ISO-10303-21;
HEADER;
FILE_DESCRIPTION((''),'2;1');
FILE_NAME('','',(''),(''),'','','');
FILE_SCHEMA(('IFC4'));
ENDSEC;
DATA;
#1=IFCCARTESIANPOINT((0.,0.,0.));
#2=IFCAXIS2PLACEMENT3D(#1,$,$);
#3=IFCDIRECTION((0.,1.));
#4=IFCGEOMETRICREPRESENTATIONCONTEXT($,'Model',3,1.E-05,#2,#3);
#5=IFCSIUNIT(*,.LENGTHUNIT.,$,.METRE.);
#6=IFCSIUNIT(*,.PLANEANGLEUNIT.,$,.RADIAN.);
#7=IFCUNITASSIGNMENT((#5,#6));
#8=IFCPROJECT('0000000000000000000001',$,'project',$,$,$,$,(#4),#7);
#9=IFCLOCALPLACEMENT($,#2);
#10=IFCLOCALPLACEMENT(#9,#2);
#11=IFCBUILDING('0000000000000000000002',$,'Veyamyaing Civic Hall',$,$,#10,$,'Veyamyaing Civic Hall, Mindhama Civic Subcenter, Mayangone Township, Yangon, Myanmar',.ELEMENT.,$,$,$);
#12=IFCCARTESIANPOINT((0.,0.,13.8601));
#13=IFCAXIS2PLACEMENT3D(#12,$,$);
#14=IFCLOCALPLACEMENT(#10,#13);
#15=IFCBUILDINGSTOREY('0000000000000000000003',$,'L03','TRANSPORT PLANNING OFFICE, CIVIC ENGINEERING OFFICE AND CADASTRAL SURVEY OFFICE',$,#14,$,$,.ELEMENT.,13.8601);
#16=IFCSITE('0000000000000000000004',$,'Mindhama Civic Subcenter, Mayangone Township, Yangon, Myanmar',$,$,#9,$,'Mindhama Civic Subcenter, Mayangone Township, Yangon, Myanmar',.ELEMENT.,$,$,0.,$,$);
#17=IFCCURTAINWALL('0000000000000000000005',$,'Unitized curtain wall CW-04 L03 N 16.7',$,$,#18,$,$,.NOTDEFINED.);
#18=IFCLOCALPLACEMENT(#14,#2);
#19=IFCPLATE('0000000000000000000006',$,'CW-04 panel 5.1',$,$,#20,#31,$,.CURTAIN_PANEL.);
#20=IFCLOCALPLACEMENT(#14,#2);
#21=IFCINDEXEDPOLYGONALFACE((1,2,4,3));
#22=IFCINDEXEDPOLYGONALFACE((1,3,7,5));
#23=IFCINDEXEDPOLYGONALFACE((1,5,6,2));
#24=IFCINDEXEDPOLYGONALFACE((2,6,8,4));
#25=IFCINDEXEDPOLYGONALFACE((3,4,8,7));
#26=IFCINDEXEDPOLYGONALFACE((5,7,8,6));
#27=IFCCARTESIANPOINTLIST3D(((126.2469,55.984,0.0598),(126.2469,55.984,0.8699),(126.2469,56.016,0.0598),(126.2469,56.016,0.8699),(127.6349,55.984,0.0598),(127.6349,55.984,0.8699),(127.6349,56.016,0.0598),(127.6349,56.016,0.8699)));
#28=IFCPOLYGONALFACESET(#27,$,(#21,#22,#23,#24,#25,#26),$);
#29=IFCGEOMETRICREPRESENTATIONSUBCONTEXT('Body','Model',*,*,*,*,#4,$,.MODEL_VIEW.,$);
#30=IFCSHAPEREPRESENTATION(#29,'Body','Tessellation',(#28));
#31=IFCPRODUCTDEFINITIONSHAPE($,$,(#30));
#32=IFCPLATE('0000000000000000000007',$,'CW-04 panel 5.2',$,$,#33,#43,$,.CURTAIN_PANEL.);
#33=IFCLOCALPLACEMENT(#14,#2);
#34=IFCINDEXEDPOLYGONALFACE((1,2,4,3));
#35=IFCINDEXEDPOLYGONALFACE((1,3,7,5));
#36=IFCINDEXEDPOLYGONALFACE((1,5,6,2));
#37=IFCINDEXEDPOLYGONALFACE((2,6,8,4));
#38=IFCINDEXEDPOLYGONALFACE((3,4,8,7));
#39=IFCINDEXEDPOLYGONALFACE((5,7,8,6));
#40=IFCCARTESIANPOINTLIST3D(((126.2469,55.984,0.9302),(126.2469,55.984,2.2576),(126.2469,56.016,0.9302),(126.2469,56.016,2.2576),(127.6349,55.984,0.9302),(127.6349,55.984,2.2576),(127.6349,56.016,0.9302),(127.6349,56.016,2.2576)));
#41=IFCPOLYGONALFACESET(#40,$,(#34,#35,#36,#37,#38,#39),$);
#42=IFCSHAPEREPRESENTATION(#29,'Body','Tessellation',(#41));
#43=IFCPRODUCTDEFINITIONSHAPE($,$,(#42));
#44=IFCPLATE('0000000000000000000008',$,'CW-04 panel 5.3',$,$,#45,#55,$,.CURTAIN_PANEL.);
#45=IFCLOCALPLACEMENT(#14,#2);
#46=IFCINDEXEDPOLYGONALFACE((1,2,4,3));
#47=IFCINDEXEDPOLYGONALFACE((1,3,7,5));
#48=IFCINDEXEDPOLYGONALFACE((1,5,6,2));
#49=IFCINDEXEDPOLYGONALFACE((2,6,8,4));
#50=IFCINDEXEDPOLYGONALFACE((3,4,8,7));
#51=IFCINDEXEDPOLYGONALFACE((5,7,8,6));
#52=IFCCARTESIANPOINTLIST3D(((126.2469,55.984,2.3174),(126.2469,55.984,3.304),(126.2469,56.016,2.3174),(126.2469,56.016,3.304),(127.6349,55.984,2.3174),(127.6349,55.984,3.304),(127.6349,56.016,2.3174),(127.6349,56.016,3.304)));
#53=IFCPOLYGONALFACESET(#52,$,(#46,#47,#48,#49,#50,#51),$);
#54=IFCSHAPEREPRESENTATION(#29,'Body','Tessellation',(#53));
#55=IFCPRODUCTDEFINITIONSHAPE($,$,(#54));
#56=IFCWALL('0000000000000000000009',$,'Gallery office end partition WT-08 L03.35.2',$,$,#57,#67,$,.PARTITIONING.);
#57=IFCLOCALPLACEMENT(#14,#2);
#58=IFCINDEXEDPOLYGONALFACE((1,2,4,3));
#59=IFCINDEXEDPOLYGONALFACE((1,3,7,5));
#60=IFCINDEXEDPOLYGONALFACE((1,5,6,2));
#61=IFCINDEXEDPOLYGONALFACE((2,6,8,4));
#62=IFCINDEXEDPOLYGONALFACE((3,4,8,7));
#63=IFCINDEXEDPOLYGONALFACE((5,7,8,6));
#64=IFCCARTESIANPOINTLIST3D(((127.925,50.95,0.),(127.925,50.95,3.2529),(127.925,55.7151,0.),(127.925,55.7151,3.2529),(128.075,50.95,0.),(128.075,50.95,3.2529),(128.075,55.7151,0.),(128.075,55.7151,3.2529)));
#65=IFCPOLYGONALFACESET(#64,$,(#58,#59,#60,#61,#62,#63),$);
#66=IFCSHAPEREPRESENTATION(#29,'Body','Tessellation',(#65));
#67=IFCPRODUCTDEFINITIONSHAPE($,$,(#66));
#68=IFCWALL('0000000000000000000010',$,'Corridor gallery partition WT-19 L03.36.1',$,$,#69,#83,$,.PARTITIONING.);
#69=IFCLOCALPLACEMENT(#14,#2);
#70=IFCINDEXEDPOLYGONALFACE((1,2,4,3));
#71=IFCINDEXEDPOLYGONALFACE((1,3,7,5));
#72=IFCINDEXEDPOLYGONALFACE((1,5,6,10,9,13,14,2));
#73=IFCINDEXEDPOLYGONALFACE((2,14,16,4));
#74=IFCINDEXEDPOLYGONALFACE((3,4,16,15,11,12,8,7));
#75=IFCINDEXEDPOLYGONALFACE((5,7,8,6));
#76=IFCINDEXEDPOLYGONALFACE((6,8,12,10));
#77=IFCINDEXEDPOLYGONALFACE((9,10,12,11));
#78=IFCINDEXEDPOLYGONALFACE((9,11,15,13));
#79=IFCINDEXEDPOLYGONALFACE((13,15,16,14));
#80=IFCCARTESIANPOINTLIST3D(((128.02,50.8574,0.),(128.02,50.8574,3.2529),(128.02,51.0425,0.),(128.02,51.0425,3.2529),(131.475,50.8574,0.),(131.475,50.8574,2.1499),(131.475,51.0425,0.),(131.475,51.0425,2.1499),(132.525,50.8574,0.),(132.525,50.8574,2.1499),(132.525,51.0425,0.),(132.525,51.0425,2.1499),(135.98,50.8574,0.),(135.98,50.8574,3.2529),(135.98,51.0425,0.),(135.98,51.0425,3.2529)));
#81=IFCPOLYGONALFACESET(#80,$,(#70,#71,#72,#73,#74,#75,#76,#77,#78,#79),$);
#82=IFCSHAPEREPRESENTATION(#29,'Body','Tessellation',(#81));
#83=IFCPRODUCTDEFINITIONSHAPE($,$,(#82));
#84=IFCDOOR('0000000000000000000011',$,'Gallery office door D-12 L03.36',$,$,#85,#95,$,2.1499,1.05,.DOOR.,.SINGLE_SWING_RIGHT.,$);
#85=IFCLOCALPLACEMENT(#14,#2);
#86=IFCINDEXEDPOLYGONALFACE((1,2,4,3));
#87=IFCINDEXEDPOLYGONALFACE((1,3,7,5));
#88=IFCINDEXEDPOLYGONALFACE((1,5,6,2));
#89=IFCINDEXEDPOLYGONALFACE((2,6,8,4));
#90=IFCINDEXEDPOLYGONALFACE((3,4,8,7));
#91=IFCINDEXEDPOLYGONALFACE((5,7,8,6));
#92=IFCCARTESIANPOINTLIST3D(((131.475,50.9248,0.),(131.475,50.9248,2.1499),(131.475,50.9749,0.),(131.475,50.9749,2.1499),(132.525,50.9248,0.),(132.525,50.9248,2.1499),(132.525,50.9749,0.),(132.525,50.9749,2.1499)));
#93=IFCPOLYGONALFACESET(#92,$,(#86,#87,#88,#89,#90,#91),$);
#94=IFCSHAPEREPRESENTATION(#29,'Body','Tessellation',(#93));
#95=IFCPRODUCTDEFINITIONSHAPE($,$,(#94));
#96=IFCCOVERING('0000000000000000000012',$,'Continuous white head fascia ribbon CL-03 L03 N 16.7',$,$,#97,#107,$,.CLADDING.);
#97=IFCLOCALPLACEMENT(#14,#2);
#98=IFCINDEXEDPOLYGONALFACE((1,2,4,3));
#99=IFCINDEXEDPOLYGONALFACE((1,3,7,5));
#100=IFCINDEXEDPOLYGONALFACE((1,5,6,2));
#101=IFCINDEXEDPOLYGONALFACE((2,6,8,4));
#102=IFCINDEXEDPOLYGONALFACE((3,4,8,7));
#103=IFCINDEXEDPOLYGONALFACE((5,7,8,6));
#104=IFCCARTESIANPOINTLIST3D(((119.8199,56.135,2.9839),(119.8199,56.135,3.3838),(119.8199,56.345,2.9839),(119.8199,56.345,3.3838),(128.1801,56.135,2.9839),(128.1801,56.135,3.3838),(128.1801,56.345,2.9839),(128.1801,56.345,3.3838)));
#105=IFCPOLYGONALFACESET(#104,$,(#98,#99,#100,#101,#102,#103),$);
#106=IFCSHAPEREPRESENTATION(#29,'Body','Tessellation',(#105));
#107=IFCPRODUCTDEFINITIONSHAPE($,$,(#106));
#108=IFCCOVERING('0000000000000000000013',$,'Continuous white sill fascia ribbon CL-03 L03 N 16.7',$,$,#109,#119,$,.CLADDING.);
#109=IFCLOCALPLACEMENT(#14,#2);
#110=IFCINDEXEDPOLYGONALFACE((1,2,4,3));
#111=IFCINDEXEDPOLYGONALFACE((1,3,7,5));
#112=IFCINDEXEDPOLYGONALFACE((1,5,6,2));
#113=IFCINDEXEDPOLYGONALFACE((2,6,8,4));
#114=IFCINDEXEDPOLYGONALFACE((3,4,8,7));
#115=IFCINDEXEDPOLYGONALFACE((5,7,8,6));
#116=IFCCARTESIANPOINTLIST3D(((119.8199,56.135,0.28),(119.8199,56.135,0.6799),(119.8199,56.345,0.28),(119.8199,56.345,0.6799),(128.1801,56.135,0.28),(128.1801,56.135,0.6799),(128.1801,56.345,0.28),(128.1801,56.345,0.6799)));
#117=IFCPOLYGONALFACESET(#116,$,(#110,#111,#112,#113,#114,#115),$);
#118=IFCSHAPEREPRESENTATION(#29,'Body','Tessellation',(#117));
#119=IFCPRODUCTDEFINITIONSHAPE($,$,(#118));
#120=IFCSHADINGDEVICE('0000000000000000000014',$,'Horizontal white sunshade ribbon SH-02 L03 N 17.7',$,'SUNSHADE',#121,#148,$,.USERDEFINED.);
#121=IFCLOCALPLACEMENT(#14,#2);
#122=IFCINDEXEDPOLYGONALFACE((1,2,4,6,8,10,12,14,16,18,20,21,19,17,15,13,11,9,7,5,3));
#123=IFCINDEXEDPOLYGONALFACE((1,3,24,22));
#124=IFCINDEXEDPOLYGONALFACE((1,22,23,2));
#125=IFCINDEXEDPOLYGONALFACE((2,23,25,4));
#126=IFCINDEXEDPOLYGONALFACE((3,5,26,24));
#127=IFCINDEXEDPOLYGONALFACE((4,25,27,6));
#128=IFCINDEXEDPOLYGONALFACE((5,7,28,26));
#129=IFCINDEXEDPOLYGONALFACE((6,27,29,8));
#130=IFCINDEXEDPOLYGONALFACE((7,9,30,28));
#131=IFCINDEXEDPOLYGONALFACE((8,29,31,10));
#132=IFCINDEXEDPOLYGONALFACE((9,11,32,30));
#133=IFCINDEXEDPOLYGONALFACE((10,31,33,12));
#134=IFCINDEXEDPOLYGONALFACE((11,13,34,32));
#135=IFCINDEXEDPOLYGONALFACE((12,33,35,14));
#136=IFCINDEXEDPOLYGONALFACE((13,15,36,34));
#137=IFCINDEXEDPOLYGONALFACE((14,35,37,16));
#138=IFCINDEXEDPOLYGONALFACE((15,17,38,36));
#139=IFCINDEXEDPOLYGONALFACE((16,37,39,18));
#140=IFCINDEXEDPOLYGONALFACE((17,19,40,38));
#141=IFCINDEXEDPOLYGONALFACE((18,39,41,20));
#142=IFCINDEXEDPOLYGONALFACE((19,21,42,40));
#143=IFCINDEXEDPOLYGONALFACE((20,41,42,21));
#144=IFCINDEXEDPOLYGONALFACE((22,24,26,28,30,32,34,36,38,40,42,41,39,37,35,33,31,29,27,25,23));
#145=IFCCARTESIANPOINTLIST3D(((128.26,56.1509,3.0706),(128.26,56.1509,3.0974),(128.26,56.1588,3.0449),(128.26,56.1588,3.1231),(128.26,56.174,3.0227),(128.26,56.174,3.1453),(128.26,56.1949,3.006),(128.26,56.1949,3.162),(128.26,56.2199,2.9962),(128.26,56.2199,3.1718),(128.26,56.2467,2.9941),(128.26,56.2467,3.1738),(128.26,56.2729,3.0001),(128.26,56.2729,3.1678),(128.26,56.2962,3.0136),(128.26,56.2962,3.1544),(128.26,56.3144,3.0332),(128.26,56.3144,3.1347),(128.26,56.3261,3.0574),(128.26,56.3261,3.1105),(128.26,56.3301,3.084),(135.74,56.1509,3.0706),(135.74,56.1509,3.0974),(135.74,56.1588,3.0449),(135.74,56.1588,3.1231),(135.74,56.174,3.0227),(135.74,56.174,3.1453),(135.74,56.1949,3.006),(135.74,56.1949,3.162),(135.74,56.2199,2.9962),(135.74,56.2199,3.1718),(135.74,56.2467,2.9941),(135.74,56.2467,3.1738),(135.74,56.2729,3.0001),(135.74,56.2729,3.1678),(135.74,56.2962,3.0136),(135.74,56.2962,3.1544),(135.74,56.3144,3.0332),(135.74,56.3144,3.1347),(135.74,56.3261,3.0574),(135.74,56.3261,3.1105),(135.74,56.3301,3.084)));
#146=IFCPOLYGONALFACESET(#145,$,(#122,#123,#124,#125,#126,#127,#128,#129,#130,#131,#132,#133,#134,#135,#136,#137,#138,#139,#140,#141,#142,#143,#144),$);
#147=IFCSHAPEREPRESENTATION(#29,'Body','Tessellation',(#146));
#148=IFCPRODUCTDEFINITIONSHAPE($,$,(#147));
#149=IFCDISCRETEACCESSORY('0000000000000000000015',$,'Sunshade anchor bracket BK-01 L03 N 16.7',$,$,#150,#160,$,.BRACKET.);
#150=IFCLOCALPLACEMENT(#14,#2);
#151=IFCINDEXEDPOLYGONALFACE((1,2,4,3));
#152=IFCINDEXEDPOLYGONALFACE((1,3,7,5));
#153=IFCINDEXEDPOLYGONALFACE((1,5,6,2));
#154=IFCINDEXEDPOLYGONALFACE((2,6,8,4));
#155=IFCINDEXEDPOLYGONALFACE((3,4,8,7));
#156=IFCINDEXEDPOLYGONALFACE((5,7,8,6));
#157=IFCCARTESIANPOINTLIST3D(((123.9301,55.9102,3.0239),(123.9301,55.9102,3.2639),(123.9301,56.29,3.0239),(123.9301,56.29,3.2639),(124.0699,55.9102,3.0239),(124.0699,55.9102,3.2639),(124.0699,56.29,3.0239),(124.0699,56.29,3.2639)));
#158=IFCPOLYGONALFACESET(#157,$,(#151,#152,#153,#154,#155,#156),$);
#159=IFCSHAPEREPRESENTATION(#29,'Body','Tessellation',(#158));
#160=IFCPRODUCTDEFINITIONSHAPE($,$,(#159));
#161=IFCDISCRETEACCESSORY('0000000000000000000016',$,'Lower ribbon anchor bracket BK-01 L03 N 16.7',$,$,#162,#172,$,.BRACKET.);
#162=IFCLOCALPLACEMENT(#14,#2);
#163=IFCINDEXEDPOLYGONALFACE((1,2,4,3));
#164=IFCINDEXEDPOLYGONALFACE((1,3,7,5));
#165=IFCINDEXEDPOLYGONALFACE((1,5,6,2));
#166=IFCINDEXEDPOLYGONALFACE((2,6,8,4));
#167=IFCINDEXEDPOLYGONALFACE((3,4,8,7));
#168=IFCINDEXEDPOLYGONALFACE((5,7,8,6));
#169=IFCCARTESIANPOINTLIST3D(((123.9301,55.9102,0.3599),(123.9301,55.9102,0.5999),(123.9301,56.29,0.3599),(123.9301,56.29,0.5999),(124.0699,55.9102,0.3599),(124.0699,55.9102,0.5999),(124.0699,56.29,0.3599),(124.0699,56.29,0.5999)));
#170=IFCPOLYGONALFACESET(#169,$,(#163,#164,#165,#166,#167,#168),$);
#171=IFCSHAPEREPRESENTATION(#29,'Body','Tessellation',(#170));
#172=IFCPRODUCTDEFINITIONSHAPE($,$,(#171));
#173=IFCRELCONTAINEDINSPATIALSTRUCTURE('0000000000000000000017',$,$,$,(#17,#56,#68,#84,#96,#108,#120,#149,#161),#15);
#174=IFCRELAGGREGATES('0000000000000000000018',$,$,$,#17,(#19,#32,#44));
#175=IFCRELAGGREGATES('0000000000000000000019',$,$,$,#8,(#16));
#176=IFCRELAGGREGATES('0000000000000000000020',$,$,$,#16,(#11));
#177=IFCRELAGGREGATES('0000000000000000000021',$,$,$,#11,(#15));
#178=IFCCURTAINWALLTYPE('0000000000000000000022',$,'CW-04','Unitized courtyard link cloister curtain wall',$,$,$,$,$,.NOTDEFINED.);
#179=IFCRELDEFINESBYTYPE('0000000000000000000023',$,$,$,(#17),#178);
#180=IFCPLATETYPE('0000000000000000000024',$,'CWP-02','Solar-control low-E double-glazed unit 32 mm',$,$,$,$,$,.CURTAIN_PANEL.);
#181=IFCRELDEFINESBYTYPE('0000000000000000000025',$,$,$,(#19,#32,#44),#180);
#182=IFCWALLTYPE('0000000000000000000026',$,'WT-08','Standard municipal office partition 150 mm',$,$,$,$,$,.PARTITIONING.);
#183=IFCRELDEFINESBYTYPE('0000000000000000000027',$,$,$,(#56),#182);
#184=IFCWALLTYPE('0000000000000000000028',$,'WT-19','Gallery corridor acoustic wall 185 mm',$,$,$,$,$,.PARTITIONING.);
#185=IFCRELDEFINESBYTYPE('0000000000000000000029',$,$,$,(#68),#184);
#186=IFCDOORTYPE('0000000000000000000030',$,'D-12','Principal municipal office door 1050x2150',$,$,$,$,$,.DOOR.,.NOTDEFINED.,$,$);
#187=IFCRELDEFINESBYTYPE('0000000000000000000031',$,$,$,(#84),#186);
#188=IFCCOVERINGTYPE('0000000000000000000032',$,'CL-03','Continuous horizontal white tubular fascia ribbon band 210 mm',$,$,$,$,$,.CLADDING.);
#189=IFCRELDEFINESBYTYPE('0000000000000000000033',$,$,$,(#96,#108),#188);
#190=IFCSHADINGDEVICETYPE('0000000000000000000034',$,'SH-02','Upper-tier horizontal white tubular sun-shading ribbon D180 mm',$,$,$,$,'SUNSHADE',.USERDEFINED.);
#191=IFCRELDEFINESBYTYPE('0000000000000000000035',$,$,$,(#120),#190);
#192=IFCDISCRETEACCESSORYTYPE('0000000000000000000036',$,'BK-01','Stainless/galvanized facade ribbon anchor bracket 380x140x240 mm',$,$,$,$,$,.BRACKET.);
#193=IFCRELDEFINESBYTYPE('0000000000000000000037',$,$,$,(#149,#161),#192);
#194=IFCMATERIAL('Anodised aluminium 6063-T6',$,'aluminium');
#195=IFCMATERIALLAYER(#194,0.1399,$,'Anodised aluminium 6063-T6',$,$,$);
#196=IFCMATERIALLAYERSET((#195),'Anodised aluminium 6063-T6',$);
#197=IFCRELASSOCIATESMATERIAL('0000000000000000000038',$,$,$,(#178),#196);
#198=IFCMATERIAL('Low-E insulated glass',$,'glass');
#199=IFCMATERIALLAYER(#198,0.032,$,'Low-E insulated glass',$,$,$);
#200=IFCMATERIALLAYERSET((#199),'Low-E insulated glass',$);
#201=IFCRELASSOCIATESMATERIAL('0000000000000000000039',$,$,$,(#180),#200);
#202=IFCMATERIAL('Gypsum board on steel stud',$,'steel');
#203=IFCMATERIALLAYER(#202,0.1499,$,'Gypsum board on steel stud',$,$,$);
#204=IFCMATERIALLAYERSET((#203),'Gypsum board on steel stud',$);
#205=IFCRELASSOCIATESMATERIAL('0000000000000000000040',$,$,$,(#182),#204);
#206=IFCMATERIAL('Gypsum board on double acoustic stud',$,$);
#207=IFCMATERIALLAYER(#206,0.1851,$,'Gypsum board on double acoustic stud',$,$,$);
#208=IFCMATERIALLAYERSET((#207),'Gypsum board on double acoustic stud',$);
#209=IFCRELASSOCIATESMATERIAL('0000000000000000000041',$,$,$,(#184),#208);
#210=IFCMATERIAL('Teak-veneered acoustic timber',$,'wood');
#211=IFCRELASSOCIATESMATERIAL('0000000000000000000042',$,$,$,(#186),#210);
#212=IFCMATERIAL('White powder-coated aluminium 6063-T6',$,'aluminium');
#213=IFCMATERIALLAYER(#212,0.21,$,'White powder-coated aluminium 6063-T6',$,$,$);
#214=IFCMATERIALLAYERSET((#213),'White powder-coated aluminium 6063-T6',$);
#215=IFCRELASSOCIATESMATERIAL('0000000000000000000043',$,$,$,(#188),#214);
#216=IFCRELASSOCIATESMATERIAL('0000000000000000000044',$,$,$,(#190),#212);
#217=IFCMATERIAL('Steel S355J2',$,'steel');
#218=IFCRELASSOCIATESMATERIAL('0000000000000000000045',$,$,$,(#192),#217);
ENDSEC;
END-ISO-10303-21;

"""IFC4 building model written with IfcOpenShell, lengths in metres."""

from ifc_helpers import new_model, si_unit, direction, frame, frame_2d, origin, origin_2d, place, context, subcontext, project, spatial, rectangle, circle, extrude, material, layer, layer_set, material_profile, profile_set, type_object, element, fill, aggregate, save


model = new_model("IFC4")

# Units and contexts
model_context = context("Model", 3, precision=1e-05, world=origin(), true_north=direction((0.0, 1.0)))
body_context = subcontext(model_context, "Body", "Model", "MODEL_VIEW")
ifc_project = project(units=[si_unit("LENGTHUNIT", "METRE"), si_unit("PLANEANGLEUNIT", "RADIAN")], contexts=[model_context])

# Site, building, storey
site_placement = place(None, origin())
site = spatial("IfcSite", under=ifc_project, at=site_placement, Name="Mindhama Civic Subcenter, Mayangone Township, Yangon, Myanmar", LongName="Mindhama Civic Subcenter, Mayangone Township, Yangon, Myanmar", CompositionType="ELEMENT", RefElevation=0.0)
building_placement = place(site_placement, origin())
building = spatial("IfcBuilding", under=site, at=building_placement, Name="Veyamyaing Civic Hall", LongName="Veyamyaing Civic Hall, Mindhama Civic Subcenter, Mayangone Township, Yangon, Myanmar", CompositionType="ELEMENT")
storey_placement = place(building_placement, frame((0.0, 0.0, 13.8601)))
storey = spatial("IfcBuildingStorey", under=building, at=storey_placement, Name="L03", Description="TRANSPORT PLANNING OFFICE, CIVIC ENGINEERING OFFICE AND CADASTRAL SURVEY OFFICE", CompositionType="ELEMENT", Elevation=13.8601)

# Curtain wall
ifc_material_1 = material(Name="Anodised aluminium 6063-T6", Category="aluminium")
ifc_layer_1 = layer(ifc_material_1, 0.1399, Name="Anodised aluminium 6063-T6")
ifc_layer_set_1 = layer_set([ifc_layer_1], Name="Anodised aluminium 6063-T6")
curtain_wall_type = type_object("IfcCurtainWallType", Name="CW-04", Description="Unitized courtyard link cloister curtain wall", PredefinedType="NOTDEFINED", material=ifc_layer_set_1)
curtain_wall_placement = place(storey_placement, origin())
curtain_wall = element("IfcCurtainWall", 1, at=curtain_wall_placement, inside=storey, type_object=curtain_wall_type, Name="Unitized curtain wall CW-04 L03 N 16.7", PredefinedType="NOTDEFINED")

# Plates
ifc_material_2 = material(Name="Low-E insulated glass", Category="glass")
ifc_layer_2 = layer(ifc_material_2, 0.032, Name="Low-E insulated glass")
ifc_layer_set_2 = layer_set([ifc_layer_2], Name="Low-E insulated glass")
plate_type = type_object("IfcPlateType", Name="CWP-02", Description="Solar-control low-E double-glazed unit 32 mm", PredefinedType="CURTAIN_PANEL", material=ifc_layer_set_2)
plate_1_placement = place(storey_placement, frame((126.9409, 56.0, 0.0598), z_axis=(0.0, 0.0, 1.0), x_axis=(1.0, 0.0, 0.0)))
plate_1 = element("IfcPlate", 2, at=plate_1_placement, type_object=plate_type, Name="CW-04 panel 5.1", PredefinedType="CURTAIN_PANEL", context=body_context, shape_type="SweptSolid", body=[
    extrude(rectangle(XDim=1.3879, YDim=0.032, at=origin_2d()), origin(), (0.0, 0.0, 1.0), 0.8101),
])
plate_2_placement = place(storey_placement, frame((126.9409, 56.0, 0.9302), z_axis=(0.0, 0.0, 1.0), x_axis=(1.0, 0.0, 0.0)))
plate_2 = element("IfcPlate", 3, at=plate_2_placement, type_object=plate_type, Name="CW-04 panel 5.2", PredefinedType="CURTAIN_PANEL", context=body_context, shape_type="SweptSolid", body=[
    extrude(rectangle(XDim=1.3879, YDim=0.032, at=origin_2d()), origin(), (0.0, 0.0, 1.0), 1.3274),
])
plate_3_placement = place(storey_placement, frame((126.9409, 56.0, 2.3174), z_axis=(0.0, 0.0, 1.0), x_axis=(1.0, 0.0, 0.0)))
plate_3 = element("IfcPlate", 4, at=plate_3_placement, type_object=plate_type, Name="CW-04 panel 5.3", PredefinedType="CURTAIN_PANEL", context=body_context, shape_type="SweptSolid", body=[
    extrude(rectangle(XDim=1.3879, YDim=0.032, at=origin_2d()), origin(), (0.0, 0.0, 1.0), 0.9866),
])
aggregate(curtain_wall, [plate_1, plate_2, plate_3])

# Wall
ifc_material_3 = material(Name="Gypsum board on steel stud", Category="steel")
ifc_layer_3 = layer(ifc_material_3, 0.1499, Name="Gypsum board on steel stud")
ifc_layer_set_3 = layer_set([ifc_layer_3], Name="Gypsum board on steel stud")
wall_type_1 = type_object("IfcWallType", Name="WT-08", Description="Standard municipal office partition 150 mm", PredefinedType="PARTITIONING", material=ifc_layer_set_3)
wall_1_placement = place(storey_placement, frame((128.0, 50.95, 0.0), z_axis=(0.0, 0.0, 1.0), x_axis=(0.0, 1.0, 0.0)))
element("IfcWall", 5, at=wall_1_placement, inside=storey, type_object=wall_type_1, Name="Gallery office end partition WT-08 L03.35.2", PredefinedType="PARTITIONING", context=body_context, shape_type="SweptSolid", body=[
    extrude(rectangle(XDim=4.7651, YDim=0.1499, at=frame_2d((2.3826, 0.0))), origin(), (0.0, 0.0, 1.0), 3.2529),
])

# Wall, opening, door
ifc_material_4 = material(Name="Gypsum board on double acoustic stud")
ifc_layer_4 = layer(ifc_material_4, 0.1851, Name="Gypsum board on double acoustic stud")
ifc_layer_set_4 = layer_set([ifc_layer_4], Name="Gypsum board on double acoustic stud")
wall_type_2 = type_object("IfcWallType", Name="WT-19", Description="Gallery corridor acoustic wall 185 mm", PredefinedType="PARTITIONING", material=ifc_layer_set_4)
wall_2_placement = place(storey_placement, frame((128.02, 50.95, 0.0), z_axis=(0.0, 0.0, 1.0), x_axis=(1.0, 0.0, 0.0)))
wall_2 = element("IfcWall", 6, at=wall_2_placement, inside=storey, type_object=wall_type_2, Name="Corridor gallery partition WT-19 L03.36.1", PredefinedType="PARTITIONING", context=body_context, shape_type="SweptSolid", body=[
    extrude(rectangle(XDim=7.96, YDim=0.1851, at=frame_2d((3.98, 0.0))), origin(), (0.0, 0.0, 1.0), 3.2529),
])
opening_placement = place(wall_2_placement, frame((3.4551, 0.0, 0.0)))
opening = element("IfcOpeningElement", 7, at=opening_placement, cuts=wall_2, PredefinedType="OPENING", context=body_context, shape_type="SweptSolid", body=[
    extrude(rectangle(XDim=1.05, YDim=2.1499, at=frame_2d((0.5249, 1.075))), frame((0.0, 0.1025, 0.0), z_axis=(0.0, -1.0, 0.0), x_axis=(1.0, 0.0, 0.0)), (0.0, 0.0, 1.0), 0.2051),
])
ifc_material_5 = material(Name="Teak-veneered acoustic timber", Category="wood")
door_type = type_object("IfcDoorType", Name="D-12", Description="Principal municipal office door 1050x2150", OperationType="NOTDEFINED", PredefinedType="DOOR", material=ifc_material_5)
door_placement = place(opening_placement, origin())
door = element("IfcDoor", 8, at=door_placement, inside=storey, type_object=door_type, Name="Gallery office door D-12 L03.36", OperationType="SINGLE_SWING_RIGHT", OverallHeight=2.1499, OverallWidth=1.05, PredefinedType="DOOR", context=body_context, shape_type="SweptSolid", body=[
    extrude(rectangle(XDim=1.05, YDim=2.1499, at=frame_2d((0.5249, 1.075))), frame((0.0, 0.0249, 0.0), z_axis=(0.0, -1.0, 0.0), x_axis=(1.0, 0.0, 0.0)), (0.0, 0.0, 1.0), 0.05),
])
fill(opening, door)

# Coverings
ifc_material_6 = material(Name="White powder-coated aluminium 6063-T6", Category="aluminium")
ifc_layer_5 = layer(ifc_material_6, 0.21, Name="White powder-coated aluminium 6063-T6")
ifc_layer_set_5 = layer_set([ifc_layer_5], Name="White powder-coated aluminium 6063-T6")
covering_type = type_object("IfcCoveringType", Name="CL-03", Description="Continuous horizontal white tubular fascia ribbon band 210 mm", PredefinedType="CLADDING", material=ifc_layer_set_5)
for number, where, z_axis, x_axis, name in (
    (9, (124.0, 56.24, 2.9839), (0.0, 0.0, 1.0), (1.0, 0.0, 0.0), "Continuous white head fascia ribbon CL-03 L03 N 16.7"),
    (10, (124.0, 56.24, 0.28), (0.0, 0.0, 1.0), (1.0, 0.0, 0.0), "Continuous white sill fascia ribbon CL-03 L03 N 16.7"),
):
    element("IfcCovering", number, at=place(storey_placement, frame(where, z_axis=z_axis, x_axis=x_axis)), inside=storey, type_object=covering_type, Name=name, PredefinedType="CLADDING", context=body_context, shape_type="SweptSolid", body=[
        extrude(rectangle(XDim=8.3601, YDim=0.21, at=origin_2d()), origin(), (0.0, 0.0, 1.0), 0.3999),
    ])

# Shading device
ifc_material_profile_1 = material_profile(ifc_material_6, circle(Radius=0.0901, at=origin_2d()), Name="SHADE-TUBE-180")
ifc_profile_set_1 = profile_set([ifc_material_profile_1], Name="White powder-coated aluminium 6063-T6")
shading_device_type = type_object("IfcShadingDeviceType", Name="SH-02", Description="Upper-tier horizontal white tubular sun-shading ribbon D180 mm", ElementType="SUNSHADE", PredefinedType="USERDEFINED", material=ifc_profile_set_1)
shading_device_placement = place(storey_placement, frame((128.26, 56.24, 3.084), z_axis=(1.0, 0.0, 0.0), x_axis=(0.0, 1.0, 0.0)))
element("IfcShadingDevice", 11, at=shading_device_placement, inside=storey, type_object=shading_device_type, Name="Horizontal white sunshade ribbon SH-02 L03 N 17.7", ObjectType="SUNSHADE", PredefinedType="USERDEFINED", context=body_context, shape_type="SweptSolid", body=[
    extrude(circle(Radius=0.0901, at=origin_2d()), origin(), (0.0, 0.0, 1.0), 7.48),
])

# Discrete accessories
ifc_material_7 = material(Name="Steel S355J2", Category="steel")
discrete_accessory_type = type_object("IfcDiscreteAccessoryType", Name="BK-01", Description="Stainless/galvanized facade ribbon anchor bracket 380x140x240 mm", PredefinedType="BRACKET", material=ifc_material_7)
for number, where, z_axis, x_axis, name in (
    (12, (124.0, 56.1001, 3.0239), (0.0, 0.0, 1.0), (0.0, 1.0, 0.0), "Sunshade anchor bracket BK-01 L03 N 16.7"),
    (13, (124.0, 56.1001, 0.3599), (0.0, 0.0, 1.0), (0.0, 1.0, 0.0), "Lower ribbon anchor bracket BK-01 L03 N 16.7"),
):
    element("IfcDiscreteAccessory", number, at=place(storey_placement, frame(where, z_axis=z_axis, x_axis=x_axis)), inside=storey, type_object=discrete_accessory_type, Name=name, PredefinedType="BRACKET", context=body_context, shape_type="SweptSolid", body=[
        extrude(rectangle(XDim=0.3799, YDim=0.1399, at=origin_2d()), origin(), (0.0, 0.0, 1.0), 0.24),
    ])

save(model, "model.ifc")
